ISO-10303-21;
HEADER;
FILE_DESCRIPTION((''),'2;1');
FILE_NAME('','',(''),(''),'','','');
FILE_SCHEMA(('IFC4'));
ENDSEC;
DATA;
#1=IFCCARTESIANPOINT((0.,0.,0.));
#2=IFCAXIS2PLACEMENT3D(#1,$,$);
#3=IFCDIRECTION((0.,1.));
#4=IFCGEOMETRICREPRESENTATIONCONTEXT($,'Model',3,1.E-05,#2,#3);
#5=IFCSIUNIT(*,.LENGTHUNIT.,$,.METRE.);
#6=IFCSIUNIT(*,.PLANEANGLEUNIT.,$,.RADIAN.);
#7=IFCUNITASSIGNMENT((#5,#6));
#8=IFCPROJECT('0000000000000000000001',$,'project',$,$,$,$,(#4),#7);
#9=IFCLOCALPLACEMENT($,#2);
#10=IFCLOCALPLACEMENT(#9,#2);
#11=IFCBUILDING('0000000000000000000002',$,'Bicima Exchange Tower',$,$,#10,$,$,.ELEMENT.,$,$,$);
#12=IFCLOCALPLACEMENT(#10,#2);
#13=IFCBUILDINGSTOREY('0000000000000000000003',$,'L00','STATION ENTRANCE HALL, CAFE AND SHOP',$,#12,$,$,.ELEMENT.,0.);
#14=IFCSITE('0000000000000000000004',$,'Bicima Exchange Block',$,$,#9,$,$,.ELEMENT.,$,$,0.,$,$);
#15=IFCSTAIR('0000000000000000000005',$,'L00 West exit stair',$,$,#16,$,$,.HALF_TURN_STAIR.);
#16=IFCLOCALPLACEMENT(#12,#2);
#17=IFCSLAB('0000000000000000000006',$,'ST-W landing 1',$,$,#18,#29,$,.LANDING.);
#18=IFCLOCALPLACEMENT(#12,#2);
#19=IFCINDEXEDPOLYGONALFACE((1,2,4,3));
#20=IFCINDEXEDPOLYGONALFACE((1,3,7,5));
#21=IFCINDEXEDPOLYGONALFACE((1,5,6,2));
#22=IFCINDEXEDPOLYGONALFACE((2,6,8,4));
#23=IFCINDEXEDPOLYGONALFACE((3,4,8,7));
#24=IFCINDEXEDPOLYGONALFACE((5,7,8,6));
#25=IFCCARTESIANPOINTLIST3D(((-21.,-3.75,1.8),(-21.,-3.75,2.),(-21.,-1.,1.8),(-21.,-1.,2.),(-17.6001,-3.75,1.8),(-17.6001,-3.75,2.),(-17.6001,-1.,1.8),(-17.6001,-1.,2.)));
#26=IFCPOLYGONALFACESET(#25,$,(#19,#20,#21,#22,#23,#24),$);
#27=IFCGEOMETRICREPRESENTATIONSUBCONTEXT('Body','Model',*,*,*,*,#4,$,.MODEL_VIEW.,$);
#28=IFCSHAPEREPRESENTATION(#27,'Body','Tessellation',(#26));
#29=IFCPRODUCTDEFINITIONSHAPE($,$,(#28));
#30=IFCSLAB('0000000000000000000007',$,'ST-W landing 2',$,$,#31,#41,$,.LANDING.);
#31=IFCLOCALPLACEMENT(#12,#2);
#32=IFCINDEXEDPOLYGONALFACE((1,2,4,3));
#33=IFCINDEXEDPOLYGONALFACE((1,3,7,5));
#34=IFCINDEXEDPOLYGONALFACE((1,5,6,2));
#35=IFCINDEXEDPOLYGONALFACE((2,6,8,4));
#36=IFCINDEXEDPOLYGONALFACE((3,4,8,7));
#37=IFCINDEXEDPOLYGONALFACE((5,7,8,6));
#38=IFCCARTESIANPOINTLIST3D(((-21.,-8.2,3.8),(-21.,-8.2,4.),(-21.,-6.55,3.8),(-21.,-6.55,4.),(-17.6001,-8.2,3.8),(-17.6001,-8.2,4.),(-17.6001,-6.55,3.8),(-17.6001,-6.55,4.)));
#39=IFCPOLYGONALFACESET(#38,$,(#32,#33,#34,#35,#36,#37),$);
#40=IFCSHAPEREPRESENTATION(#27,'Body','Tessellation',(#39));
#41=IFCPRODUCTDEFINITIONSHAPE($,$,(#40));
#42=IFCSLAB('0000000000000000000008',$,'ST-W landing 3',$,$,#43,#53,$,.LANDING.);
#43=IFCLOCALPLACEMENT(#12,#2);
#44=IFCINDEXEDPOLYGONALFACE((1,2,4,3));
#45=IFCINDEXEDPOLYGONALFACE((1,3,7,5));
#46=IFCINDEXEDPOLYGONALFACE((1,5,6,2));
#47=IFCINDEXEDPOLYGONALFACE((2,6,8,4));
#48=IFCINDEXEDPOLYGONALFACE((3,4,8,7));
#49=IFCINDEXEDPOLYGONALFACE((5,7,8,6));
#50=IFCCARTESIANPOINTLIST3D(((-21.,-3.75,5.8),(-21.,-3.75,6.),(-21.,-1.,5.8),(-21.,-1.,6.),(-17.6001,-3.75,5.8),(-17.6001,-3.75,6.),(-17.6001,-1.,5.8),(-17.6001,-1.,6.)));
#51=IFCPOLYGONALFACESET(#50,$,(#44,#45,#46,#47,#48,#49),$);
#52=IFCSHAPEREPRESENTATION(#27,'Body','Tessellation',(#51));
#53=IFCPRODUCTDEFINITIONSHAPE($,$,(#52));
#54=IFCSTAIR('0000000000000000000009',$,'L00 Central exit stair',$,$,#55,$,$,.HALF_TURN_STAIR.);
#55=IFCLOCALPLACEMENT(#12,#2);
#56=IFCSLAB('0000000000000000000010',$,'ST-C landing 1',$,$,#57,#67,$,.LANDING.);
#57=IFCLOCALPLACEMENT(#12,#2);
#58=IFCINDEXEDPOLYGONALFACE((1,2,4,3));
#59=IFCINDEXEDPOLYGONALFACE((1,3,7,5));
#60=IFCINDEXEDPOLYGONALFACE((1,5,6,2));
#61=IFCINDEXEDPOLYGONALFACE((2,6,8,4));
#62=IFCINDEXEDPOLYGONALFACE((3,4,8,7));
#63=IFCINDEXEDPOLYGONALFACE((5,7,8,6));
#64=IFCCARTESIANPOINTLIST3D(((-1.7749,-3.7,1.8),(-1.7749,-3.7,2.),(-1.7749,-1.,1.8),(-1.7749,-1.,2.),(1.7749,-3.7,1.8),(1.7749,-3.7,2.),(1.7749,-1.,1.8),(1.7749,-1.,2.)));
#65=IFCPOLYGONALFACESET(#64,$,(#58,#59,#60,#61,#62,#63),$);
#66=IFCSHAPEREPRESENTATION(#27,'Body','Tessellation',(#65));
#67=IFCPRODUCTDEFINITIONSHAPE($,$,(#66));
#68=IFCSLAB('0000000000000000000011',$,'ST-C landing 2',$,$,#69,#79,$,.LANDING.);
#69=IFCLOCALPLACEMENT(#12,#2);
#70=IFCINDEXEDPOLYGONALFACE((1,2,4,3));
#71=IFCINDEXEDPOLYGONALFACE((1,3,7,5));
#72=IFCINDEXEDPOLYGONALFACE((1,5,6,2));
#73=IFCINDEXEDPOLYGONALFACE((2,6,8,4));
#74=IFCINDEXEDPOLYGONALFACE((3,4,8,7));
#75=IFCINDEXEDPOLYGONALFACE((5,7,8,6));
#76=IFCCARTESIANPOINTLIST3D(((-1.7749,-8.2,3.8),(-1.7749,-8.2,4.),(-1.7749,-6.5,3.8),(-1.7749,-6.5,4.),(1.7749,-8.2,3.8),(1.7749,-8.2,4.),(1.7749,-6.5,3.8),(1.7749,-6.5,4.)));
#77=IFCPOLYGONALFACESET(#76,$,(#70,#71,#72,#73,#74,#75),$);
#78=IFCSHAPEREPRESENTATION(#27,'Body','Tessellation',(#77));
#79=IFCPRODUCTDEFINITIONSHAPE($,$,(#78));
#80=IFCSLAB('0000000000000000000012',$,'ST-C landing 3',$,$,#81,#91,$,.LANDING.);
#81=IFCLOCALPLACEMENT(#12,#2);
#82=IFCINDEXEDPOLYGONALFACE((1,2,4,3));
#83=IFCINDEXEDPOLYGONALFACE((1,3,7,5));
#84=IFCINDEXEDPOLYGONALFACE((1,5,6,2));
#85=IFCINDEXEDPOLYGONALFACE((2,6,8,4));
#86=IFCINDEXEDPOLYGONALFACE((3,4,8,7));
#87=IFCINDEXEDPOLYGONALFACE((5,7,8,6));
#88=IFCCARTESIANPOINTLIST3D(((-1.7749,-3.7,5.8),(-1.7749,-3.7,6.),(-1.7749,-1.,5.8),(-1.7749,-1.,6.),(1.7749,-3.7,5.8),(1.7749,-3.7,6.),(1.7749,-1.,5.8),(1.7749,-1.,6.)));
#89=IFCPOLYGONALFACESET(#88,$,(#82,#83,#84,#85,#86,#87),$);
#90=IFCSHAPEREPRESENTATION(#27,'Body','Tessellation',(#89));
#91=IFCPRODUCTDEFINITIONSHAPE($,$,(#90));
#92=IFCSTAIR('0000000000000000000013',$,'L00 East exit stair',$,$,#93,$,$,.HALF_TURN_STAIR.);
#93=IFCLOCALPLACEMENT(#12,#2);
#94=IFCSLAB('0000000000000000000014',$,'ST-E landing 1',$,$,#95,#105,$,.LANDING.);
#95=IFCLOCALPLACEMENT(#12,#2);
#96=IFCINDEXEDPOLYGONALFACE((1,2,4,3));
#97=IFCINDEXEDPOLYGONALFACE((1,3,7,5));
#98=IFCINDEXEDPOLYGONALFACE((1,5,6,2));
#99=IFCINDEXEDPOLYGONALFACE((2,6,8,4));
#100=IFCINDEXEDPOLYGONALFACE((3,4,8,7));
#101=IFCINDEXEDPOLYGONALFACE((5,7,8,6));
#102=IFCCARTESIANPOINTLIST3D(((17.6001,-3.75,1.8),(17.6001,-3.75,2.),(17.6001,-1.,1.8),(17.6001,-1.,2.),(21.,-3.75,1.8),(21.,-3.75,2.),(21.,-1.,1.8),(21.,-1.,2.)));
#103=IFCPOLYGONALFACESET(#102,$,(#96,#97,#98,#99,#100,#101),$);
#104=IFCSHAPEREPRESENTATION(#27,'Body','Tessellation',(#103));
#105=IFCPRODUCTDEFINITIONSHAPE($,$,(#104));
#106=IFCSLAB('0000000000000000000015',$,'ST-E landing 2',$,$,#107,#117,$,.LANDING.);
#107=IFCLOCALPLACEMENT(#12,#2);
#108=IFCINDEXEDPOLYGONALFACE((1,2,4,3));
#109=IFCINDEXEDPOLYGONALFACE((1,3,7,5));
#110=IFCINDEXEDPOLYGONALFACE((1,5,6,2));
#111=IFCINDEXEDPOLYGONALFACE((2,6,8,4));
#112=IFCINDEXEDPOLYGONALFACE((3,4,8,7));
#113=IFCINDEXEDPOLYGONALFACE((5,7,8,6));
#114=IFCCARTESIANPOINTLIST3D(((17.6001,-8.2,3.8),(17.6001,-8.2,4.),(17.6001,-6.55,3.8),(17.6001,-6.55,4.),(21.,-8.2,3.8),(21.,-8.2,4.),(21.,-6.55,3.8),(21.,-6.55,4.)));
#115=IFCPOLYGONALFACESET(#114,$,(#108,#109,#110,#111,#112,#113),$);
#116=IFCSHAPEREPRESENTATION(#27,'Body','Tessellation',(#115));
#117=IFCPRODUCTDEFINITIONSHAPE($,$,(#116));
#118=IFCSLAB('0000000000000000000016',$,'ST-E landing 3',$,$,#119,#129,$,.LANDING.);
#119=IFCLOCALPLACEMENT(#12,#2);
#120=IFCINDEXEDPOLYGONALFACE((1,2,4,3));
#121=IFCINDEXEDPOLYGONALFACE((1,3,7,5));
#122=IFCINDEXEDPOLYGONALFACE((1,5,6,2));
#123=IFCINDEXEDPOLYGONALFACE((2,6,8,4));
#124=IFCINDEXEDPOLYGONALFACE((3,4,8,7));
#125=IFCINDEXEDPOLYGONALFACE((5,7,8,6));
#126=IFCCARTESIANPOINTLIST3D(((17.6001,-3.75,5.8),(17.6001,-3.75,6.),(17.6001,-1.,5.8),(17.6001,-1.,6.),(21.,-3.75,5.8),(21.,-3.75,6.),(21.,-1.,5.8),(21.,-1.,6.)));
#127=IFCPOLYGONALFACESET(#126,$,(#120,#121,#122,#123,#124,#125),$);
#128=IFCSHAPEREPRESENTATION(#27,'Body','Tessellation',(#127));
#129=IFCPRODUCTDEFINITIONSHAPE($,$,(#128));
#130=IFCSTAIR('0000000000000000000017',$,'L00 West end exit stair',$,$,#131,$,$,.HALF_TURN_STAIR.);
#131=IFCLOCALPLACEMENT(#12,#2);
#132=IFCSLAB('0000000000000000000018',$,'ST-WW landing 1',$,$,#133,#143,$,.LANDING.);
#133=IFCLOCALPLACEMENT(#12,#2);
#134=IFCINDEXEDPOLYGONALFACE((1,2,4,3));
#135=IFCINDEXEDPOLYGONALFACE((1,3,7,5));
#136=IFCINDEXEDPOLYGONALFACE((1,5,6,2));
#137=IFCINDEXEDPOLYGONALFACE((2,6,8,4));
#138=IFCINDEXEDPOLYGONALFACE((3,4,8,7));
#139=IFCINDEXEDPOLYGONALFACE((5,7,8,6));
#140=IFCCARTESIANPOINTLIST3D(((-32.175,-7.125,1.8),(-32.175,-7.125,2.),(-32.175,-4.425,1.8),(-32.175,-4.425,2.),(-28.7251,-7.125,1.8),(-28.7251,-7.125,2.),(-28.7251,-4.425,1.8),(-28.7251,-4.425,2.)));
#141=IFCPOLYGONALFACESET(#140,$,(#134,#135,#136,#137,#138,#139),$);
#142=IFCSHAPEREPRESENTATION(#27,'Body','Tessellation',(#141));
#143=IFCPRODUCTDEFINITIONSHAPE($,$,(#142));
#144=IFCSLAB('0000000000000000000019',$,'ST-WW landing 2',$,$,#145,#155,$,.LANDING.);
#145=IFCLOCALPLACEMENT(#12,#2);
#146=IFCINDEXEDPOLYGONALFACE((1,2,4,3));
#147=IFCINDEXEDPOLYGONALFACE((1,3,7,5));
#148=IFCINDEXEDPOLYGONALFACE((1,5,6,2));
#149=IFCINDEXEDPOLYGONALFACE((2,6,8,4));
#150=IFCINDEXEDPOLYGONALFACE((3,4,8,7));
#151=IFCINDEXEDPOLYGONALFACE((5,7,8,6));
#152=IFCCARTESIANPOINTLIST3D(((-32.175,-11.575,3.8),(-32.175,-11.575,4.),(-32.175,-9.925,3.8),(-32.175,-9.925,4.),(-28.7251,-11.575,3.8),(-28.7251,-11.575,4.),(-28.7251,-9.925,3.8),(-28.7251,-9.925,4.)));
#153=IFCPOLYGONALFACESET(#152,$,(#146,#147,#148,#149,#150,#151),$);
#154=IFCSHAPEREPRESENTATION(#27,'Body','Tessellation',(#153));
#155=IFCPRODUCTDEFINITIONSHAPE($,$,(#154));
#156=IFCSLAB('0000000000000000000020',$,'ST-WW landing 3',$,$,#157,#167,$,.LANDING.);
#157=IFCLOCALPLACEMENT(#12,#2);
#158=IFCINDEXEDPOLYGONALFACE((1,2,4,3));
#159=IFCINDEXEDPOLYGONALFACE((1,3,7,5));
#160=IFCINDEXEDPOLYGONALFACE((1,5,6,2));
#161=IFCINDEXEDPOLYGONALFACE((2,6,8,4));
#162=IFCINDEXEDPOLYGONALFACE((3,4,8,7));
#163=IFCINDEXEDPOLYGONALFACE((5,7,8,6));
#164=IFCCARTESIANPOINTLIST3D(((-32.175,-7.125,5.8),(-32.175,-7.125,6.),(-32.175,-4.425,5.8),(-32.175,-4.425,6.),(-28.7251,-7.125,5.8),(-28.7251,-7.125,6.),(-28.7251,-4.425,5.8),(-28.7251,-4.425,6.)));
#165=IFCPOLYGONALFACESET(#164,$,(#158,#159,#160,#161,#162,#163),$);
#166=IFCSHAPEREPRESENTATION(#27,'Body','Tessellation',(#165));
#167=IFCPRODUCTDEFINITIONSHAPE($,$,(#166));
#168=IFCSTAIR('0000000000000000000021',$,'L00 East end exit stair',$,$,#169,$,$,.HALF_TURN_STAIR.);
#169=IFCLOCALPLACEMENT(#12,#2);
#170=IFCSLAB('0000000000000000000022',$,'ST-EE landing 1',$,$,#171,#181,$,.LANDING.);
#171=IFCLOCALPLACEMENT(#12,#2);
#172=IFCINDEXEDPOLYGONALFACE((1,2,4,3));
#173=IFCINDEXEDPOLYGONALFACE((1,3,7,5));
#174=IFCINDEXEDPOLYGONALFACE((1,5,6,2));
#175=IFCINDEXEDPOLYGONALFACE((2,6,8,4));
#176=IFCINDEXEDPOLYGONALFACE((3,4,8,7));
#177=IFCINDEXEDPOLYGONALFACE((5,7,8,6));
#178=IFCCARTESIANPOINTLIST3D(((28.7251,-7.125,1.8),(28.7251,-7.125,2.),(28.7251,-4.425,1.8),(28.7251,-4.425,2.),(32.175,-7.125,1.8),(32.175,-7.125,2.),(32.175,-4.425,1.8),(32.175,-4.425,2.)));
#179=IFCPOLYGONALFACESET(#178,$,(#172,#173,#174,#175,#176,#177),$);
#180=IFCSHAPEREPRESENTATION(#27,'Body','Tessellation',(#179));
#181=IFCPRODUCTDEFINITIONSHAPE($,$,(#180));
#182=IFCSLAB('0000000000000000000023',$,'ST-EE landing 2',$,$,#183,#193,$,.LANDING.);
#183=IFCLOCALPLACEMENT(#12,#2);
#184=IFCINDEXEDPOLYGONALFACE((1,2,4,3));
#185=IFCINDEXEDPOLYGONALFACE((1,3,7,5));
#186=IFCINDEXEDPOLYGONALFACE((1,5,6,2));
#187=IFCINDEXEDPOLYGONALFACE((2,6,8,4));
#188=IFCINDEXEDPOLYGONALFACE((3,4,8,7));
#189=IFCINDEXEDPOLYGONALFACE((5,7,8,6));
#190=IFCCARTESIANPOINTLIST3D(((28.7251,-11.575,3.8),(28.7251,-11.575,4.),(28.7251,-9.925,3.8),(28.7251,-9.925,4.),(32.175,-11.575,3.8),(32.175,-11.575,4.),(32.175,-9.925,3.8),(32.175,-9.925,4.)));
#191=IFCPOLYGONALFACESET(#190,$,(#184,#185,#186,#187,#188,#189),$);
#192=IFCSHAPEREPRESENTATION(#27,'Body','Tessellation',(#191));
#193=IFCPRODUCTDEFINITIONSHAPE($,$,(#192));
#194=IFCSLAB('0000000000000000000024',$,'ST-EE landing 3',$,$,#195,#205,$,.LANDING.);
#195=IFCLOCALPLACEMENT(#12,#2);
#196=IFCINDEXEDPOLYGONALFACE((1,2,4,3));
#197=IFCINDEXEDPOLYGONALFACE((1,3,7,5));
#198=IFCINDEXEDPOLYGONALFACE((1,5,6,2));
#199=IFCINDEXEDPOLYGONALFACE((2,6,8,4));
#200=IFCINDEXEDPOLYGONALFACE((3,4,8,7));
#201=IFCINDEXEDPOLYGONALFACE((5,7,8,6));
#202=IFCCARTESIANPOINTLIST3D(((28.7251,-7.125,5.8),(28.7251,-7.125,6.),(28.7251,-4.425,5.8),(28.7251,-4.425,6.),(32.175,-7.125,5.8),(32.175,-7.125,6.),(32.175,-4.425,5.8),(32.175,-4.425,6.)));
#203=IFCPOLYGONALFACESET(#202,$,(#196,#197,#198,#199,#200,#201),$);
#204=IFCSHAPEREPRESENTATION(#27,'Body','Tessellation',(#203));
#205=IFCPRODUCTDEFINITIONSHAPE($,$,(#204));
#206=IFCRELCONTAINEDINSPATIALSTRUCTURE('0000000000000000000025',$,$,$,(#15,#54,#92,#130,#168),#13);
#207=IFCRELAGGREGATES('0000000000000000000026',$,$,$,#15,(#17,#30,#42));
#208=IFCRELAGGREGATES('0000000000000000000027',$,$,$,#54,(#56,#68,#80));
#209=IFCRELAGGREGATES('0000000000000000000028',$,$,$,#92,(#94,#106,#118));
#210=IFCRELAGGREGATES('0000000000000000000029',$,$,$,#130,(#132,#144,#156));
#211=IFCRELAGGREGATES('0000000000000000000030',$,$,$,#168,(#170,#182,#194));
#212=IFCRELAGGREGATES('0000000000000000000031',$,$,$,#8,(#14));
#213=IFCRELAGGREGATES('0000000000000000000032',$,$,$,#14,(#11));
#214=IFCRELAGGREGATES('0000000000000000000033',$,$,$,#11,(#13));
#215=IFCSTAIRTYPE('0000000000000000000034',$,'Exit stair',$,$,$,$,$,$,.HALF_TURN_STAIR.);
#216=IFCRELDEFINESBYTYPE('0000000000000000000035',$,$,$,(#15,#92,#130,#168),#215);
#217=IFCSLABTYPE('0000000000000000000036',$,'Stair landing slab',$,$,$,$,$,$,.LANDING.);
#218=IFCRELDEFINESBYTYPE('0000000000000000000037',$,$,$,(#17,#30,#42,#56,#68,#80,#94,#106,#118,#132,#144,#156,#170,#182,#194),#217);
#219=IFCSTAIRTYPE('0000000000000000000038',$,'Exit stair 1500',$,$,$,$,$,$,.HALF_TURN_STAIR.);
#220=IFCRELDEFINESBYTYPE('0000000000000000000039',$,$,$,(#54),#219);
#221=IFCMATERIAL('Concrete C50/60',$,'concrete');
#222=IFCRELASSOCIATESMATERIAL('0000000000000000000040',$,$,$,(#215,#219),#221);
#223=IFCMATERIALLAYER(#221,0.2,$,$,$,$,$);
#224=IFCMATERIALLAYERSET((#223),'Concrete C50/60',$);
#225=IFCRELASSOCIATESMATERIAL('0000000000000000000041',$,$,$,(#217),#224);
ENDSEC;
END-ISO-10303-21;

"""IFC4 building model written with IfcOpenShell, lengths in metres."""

from ifc_helpers import new_model, si_unit, direction, frame, origin, place, context, subcontext, project, spatial, polyline, outline, extrude, material, layer, layer_set, type_object, element, aggregate, save


model = new_model("IFC4")

# Units and contexts
model_context = context("Model", 3, precision=1e-05, world=origin(), true_north=direction((0.0, 1.0)))
body_context = subcontext(model_context, "Body", "Model", "MODEL_VIEW")
ifc_project = project(units=[si_unit("LENGTHUNIT", "METRE"), si_unit("PLANEANGLEUNIT", "RADIAN")], contexts=[model_context])

# Site, building, storey
site_placement = place(None, origin())
site = spatial("IfcSite", under=ifc_project, at=site_placement, Name="Bicima Exchange Block", CompositionType="ELEMENT", RefElevation=0.0)
building_placement = place(site_placement, origin())
building = spatial("IfcBuilding", under=site, at=building_placement, Name="Bicima Exchange Tower", CompositionType="ELEMENT")
storey_placement = place(building_placement, origin())
storey = spatial("IfcBuildingStorey", under=building, at=storey_placement, Name="L00", Description="STATION ENTRANCE HALL, CAFE AND SHOP", CompositionType="ELEMENT", Elevation=0.0)

# Stairs, slabs
ifc_material_1 = material(Name="Concrete C50/60", Category="concrete")
stair_type_1 = type_object("IfcStairType", Name="Exit stair", PredefinedType="HALF_TURN_STAIR", material=ifc_material_1)
stair_1_placement = place(storey_placement, origin())
stair_1 = element("IfcStair", 1, at=stair_1_placement, inside=storey, type_object=stair_type_1, Name="L00 West exit stair", PredefinedType="HALF_TURN_STAIR")
ifc_layer = layer(ifc_material_1, 0.2)
ifc_layer_set = layer_set([ifc_layer], Name="Concrete C50/60")
slab_type = type_object("IfcSlabType", Name="Stair landing slab", PredefinedType="LANDING", material=ifc_layer_set)
slab_1_placement = place(storey_placement, frame((0.0, 0.0, 1.8)))
slab_1 = element("IfcSlab", 2, at=slab_1_placement, type_object=slab_type, Name="ST-W landing 1", PredefinedType="LANDING", context=body_context, shape_type="SweptSolid", body=[
    extrude(outline(polyline([(-17.6001, -3.75), (-17.6001, -1.0), (-21.0, -1.0), (-21.0, -3.75), (-17.6001, -3.75)])), origin(), (0.0, 0.0, 1.0), 0.2),
])
slab_2_placement = place(storey_placement, frame((0.0, 0.0, 3.8)))
slab_2 = element("IfcSlab", 3, at=slab_2_placement, type_object=slab_type, Name="ST-W landing 2", PredefinedType="LANDING", context=body_context, shape_type="SweptSolid", body=[
    extrude(outline(polyline([(-17.6001, -8.2), (-17.6001, -6.55), (-21.0, -6.55), (-21.0, -8.2), (-17.6001, -8.2)])), origin(), (0.0, 0.0, 1.0), 0.2),
])
slab_3_placement = place(storey_placement, frame((0.0, 0.0, 5.8)))
slab_3 = element("IfcSlab", 4, at=slab_3_placement, type_object=slab_type, Name="ST-W landing 3", PredefinedType="LANDING", context=body_context, shape_type="SweptSolid", body=[
    extrude(outline(polyline([(-17.6001, -3.75), (-17.6001, -1.0), (-21.0, -1.0), (-21.0, -3.75), (-17.6001, -3.75)])), origin(), (0.0, 0.0, 1.0), 0.2),
])
aggregate(stair_1, [slab_1, slab_2, slab_3])
stair_type_2 = type_object("IfcStairType", Name="Exit stair 1500", PredefinedType="HALF_TURN_STAIR", material=ifc_material_1)
stair_2_placement = place(storey_placement, origin())
stair_2 = element("IfcStair", 5, at=stair_2_placement, inside=storey, type_object=stair_type_2, Name="L00 Central exit stair", PredefinedType="HALF_TURN_STAIR")
slab_4_placement = place(storey_placement, frame((0.0, 0.0, 1.8)))
slab_4 = element("IfcSlab", 6, at=slab_4_placement, type_object=slab_type, Name="ST-C landing 1", PredefinedType="LANDING", context=body_context, shape_type="SweptSolid", body=[
    extrude(outline(polyline([(1.7749, -3.7), (1.7749, -1.0), (-1.7749, -1.0), (-1.7749, -3.7), (1.7749, -3.7)])), origin(), (0.0, 0.0, 1.0), 0.2),
])
slab_5_placement = place(storey_placement, frame((0.0, 0.0, 3.8)))
slab_5 = element("IfcSlab", 7, at=slab_5_placement, type_object=slab_type, Name="ST-C landing 2", PredefinedType="LANDING", context=body_context, shape_type="SweptSolid", body=[
    extrude(outline(polyline([(1.7749, -8.2), (1.7749, -6.5), (-1.7749, -6.5), (-1.7749, -8.2), (1.7749, -8.2)])), origin(), (0.0, 0.0, 1.0), 0.2),
])
slab_6_placement = place(storey_placement, frame((0.0, 0.0, 5.8)))
slab_6 = element("IfcSlab", 8, at=slab_6_placement, type_object=slab_type, Name="ST-C landing 3", PredefinedType="LANDING", context=body_context, shape_type="SweptSolid", body=[
    extrude(outline(polyline([(1.7749, -3.7), (1.7749, -1.0), (-1.7749, -1.0), (-1.7749, -3.7), (1.7749, -3.7)])), origin(), (0.0, 0.0, 1.0), 0.2),
])
aggregate(stair_2, [slab_4, slab_5, slab_6])
stair_3_placement = place(storey_placement, origin())
stair_3 = element("IfcStair", 9, at=stair_3_placement, inside=storey, type_object=stair_type_1, Name="L00 East exit stair", PredefinedType="HALF_TURN_STAIR")
slab_7_placement = place(storey_placement, frame((0.0, 0.0, 1.8)))
slab_7 = element("IfcSlab", 10, at=slab_7_placement, type_object=slab_type, Name="ST-E landing 1", PredefinedType="LANDING", context=body_context, shape_type="SweptSolid", body=[
    extrude(outline(polyline([(21.0, -3.75), (21.0, -1.0), (17.6001, -1.0), (17.6001, -3.75), (21.0, -3.75)])), origin(), (0.0, 0.0, 1.0), 0.2),
])
slab_8_placement = place(storey_placement, frame((0.0, 0.0, 3.8)))
slab_8 = element("IfcSlab", 11, at=slab_8_placement, type_object=slab_type, Name="ST-E landing 2", PredefinedType="LANDING", context=body_context, shape_type="SweptSolid", body=[
    extrude(outline(polyline([(21.0, -8.2), (21.0, -6.55), (17.6001, -6.55), (17.6001, -8.2), (21.0, -8.2)])), origin(), (0.0, 0.0, 1.0), 0.2),
])
slab_9_placement = place(storey_placement, frame((0.0, 0.0, 5.8)))
slab_9 = element("IfcSlab", 12, at=slab_9_placement, type_object=slab_type, Name="ST-E landing 3", PredefinedType="LANDING", context=body_context, shape_type="SweptSolid", body=[
    extrude(outline(polyline([(21.0, -3.75), (21.0, -1.0), (17.6001, -1.0), (17.6001, -3.75), (21.0, -3.75)])), origin(), (0.0, 0.0, 1.0), 0.2),
])
aggregate(stair_3, [slab_7, slab_8, slab_9])
stair_4_placement = place(storey_placement, origin())
stair_4 = element("IfcStair", 13, at=stair_4_placement, inside=storey, type_object=stair_type_1, Name="L00 West end exit stair", PredefinedType="HALF_TURN_STAIR")
slab_10_placement = place(storey_placement, frame((0.0, 0.0, 1.8)))
slab_10 = element("IfcSlab", 14, at=slab_10_placement, type_object=slab_type, Name="ST-WW landing 1", PredefinedType="LANDING", context=body_context, shape_type="SweptSolid", body=[
    extrude(outline(polyline([(-28.7251, -7.125), (-28.7251, -4.425), (-32.175, -4.425), (-32.175, -7.125), (-28.7251, -7.125)])), origin(), (0.0, 0.0, 1.0), 0.2),
])
slab_11_placement = place(storey_placement, frame((0.0, 0.0, 3.8)))
slab_11 = element("IfcSlab", 15, at=slab_11_placement, type_object=slab_type, Name="ST-WW landing 2", PredefinedType="LANDING", context=body_context, shape_type="SweptSolid", body=[
    extrude(outline(polyline([(-28.7251, -11.575), (-28.7251, -9.925), (-32.175, -9.925), (-32.175, -11.575), (-28.7251, -11.575)])), origin(), (0.0, 0.0, 1.0), 0.2),
])
slab_12_placement = place(storey_placement, frame((0.0, 0.0, 5.8)))
slab_12 = element("IfcSlab", 16, at=slab_12_placement, type_object=slab_type, Name="ST-WW landing 3", PredefinedType="LANDING", context=body_context, shape_type="SweptSolid", body=[
    extrude(outline(polyline([(-28.7251, -7.125), (-28.7251, -4.425), (-32.175, -4.425), (-32.175, -7.125), (-28.7251, -7.125)])), origin(), (0.0, 0.0, 1.0), 0.2),
])
aggregate(stair_4, [slab_10, slab_11, slab_12])
stair_5_placement = place(storey_placement, origin())
stair_5 = element("IfcStair", 17, at=stair_5_placement, inside=storey, type_object=stair_type_1, Name="L00 East end exit stair", PredefinedType="HALF_TURN_STAIR")
slab_13_placement = place(storey_placement, frame((0.0, 0.0, 1.8)))
slab_13 = element("IfcSlab", 18, at=slab_13_placement, type_object=slab_type, Name="ST-EE landing 1", PredefinedType="LANDING", context=body_context, shape_type="SweptSolid", body=[
    extrude(outline(polyline([(32.175, -7.125), (32.175, -4.425), (28.7251, -4.425), (28.7251, -7.125), (32.175, -7.125)])), origin(), (0.0, 0.0, 1.0), 0.2),
])
slab_14_placement = place(storey_placement, frame((0.0, 0.0, 3.8)))
slab_14 = element("IfcSlab", 19, at=slab_14_placement, type_object=slab_type, Name="ST-EE landing 2", PredefinedType="LANDING", context=body_context, shape_type="SweptSolid", body=[
    extrude(outline(polyline([(32.175, -11.575), (32.175, -9.925), (28.7251, -9.925), (28.7251, -11.575), (32.175, -11.575)])), origin(), (0.0, 0.0, 1.0), 0.2),
])
slab_15_placement = place(storey_placement, frame((0.0, 0.0, 5.8)))
slab_15 = element("IfcSlab", 20, at=slab_15_placement, type_object=slab_type, Name="ST-EE landing 3", PredefinedType="LANDING", context=body_context, shape_type="SweptSolid", body=[
    extrude(outline(polyline([(32.175, -7.125), (32.175, -4.425), (28.7251, -4.425), (28.7251, -7.125), (32.175, -7.125)])), origin(), (0.0, 0.0, 1.0), 0.2),
])
aggregate(stair_5, [slab_13, slab_14, slab_15])

save(model, "model.ifc")
